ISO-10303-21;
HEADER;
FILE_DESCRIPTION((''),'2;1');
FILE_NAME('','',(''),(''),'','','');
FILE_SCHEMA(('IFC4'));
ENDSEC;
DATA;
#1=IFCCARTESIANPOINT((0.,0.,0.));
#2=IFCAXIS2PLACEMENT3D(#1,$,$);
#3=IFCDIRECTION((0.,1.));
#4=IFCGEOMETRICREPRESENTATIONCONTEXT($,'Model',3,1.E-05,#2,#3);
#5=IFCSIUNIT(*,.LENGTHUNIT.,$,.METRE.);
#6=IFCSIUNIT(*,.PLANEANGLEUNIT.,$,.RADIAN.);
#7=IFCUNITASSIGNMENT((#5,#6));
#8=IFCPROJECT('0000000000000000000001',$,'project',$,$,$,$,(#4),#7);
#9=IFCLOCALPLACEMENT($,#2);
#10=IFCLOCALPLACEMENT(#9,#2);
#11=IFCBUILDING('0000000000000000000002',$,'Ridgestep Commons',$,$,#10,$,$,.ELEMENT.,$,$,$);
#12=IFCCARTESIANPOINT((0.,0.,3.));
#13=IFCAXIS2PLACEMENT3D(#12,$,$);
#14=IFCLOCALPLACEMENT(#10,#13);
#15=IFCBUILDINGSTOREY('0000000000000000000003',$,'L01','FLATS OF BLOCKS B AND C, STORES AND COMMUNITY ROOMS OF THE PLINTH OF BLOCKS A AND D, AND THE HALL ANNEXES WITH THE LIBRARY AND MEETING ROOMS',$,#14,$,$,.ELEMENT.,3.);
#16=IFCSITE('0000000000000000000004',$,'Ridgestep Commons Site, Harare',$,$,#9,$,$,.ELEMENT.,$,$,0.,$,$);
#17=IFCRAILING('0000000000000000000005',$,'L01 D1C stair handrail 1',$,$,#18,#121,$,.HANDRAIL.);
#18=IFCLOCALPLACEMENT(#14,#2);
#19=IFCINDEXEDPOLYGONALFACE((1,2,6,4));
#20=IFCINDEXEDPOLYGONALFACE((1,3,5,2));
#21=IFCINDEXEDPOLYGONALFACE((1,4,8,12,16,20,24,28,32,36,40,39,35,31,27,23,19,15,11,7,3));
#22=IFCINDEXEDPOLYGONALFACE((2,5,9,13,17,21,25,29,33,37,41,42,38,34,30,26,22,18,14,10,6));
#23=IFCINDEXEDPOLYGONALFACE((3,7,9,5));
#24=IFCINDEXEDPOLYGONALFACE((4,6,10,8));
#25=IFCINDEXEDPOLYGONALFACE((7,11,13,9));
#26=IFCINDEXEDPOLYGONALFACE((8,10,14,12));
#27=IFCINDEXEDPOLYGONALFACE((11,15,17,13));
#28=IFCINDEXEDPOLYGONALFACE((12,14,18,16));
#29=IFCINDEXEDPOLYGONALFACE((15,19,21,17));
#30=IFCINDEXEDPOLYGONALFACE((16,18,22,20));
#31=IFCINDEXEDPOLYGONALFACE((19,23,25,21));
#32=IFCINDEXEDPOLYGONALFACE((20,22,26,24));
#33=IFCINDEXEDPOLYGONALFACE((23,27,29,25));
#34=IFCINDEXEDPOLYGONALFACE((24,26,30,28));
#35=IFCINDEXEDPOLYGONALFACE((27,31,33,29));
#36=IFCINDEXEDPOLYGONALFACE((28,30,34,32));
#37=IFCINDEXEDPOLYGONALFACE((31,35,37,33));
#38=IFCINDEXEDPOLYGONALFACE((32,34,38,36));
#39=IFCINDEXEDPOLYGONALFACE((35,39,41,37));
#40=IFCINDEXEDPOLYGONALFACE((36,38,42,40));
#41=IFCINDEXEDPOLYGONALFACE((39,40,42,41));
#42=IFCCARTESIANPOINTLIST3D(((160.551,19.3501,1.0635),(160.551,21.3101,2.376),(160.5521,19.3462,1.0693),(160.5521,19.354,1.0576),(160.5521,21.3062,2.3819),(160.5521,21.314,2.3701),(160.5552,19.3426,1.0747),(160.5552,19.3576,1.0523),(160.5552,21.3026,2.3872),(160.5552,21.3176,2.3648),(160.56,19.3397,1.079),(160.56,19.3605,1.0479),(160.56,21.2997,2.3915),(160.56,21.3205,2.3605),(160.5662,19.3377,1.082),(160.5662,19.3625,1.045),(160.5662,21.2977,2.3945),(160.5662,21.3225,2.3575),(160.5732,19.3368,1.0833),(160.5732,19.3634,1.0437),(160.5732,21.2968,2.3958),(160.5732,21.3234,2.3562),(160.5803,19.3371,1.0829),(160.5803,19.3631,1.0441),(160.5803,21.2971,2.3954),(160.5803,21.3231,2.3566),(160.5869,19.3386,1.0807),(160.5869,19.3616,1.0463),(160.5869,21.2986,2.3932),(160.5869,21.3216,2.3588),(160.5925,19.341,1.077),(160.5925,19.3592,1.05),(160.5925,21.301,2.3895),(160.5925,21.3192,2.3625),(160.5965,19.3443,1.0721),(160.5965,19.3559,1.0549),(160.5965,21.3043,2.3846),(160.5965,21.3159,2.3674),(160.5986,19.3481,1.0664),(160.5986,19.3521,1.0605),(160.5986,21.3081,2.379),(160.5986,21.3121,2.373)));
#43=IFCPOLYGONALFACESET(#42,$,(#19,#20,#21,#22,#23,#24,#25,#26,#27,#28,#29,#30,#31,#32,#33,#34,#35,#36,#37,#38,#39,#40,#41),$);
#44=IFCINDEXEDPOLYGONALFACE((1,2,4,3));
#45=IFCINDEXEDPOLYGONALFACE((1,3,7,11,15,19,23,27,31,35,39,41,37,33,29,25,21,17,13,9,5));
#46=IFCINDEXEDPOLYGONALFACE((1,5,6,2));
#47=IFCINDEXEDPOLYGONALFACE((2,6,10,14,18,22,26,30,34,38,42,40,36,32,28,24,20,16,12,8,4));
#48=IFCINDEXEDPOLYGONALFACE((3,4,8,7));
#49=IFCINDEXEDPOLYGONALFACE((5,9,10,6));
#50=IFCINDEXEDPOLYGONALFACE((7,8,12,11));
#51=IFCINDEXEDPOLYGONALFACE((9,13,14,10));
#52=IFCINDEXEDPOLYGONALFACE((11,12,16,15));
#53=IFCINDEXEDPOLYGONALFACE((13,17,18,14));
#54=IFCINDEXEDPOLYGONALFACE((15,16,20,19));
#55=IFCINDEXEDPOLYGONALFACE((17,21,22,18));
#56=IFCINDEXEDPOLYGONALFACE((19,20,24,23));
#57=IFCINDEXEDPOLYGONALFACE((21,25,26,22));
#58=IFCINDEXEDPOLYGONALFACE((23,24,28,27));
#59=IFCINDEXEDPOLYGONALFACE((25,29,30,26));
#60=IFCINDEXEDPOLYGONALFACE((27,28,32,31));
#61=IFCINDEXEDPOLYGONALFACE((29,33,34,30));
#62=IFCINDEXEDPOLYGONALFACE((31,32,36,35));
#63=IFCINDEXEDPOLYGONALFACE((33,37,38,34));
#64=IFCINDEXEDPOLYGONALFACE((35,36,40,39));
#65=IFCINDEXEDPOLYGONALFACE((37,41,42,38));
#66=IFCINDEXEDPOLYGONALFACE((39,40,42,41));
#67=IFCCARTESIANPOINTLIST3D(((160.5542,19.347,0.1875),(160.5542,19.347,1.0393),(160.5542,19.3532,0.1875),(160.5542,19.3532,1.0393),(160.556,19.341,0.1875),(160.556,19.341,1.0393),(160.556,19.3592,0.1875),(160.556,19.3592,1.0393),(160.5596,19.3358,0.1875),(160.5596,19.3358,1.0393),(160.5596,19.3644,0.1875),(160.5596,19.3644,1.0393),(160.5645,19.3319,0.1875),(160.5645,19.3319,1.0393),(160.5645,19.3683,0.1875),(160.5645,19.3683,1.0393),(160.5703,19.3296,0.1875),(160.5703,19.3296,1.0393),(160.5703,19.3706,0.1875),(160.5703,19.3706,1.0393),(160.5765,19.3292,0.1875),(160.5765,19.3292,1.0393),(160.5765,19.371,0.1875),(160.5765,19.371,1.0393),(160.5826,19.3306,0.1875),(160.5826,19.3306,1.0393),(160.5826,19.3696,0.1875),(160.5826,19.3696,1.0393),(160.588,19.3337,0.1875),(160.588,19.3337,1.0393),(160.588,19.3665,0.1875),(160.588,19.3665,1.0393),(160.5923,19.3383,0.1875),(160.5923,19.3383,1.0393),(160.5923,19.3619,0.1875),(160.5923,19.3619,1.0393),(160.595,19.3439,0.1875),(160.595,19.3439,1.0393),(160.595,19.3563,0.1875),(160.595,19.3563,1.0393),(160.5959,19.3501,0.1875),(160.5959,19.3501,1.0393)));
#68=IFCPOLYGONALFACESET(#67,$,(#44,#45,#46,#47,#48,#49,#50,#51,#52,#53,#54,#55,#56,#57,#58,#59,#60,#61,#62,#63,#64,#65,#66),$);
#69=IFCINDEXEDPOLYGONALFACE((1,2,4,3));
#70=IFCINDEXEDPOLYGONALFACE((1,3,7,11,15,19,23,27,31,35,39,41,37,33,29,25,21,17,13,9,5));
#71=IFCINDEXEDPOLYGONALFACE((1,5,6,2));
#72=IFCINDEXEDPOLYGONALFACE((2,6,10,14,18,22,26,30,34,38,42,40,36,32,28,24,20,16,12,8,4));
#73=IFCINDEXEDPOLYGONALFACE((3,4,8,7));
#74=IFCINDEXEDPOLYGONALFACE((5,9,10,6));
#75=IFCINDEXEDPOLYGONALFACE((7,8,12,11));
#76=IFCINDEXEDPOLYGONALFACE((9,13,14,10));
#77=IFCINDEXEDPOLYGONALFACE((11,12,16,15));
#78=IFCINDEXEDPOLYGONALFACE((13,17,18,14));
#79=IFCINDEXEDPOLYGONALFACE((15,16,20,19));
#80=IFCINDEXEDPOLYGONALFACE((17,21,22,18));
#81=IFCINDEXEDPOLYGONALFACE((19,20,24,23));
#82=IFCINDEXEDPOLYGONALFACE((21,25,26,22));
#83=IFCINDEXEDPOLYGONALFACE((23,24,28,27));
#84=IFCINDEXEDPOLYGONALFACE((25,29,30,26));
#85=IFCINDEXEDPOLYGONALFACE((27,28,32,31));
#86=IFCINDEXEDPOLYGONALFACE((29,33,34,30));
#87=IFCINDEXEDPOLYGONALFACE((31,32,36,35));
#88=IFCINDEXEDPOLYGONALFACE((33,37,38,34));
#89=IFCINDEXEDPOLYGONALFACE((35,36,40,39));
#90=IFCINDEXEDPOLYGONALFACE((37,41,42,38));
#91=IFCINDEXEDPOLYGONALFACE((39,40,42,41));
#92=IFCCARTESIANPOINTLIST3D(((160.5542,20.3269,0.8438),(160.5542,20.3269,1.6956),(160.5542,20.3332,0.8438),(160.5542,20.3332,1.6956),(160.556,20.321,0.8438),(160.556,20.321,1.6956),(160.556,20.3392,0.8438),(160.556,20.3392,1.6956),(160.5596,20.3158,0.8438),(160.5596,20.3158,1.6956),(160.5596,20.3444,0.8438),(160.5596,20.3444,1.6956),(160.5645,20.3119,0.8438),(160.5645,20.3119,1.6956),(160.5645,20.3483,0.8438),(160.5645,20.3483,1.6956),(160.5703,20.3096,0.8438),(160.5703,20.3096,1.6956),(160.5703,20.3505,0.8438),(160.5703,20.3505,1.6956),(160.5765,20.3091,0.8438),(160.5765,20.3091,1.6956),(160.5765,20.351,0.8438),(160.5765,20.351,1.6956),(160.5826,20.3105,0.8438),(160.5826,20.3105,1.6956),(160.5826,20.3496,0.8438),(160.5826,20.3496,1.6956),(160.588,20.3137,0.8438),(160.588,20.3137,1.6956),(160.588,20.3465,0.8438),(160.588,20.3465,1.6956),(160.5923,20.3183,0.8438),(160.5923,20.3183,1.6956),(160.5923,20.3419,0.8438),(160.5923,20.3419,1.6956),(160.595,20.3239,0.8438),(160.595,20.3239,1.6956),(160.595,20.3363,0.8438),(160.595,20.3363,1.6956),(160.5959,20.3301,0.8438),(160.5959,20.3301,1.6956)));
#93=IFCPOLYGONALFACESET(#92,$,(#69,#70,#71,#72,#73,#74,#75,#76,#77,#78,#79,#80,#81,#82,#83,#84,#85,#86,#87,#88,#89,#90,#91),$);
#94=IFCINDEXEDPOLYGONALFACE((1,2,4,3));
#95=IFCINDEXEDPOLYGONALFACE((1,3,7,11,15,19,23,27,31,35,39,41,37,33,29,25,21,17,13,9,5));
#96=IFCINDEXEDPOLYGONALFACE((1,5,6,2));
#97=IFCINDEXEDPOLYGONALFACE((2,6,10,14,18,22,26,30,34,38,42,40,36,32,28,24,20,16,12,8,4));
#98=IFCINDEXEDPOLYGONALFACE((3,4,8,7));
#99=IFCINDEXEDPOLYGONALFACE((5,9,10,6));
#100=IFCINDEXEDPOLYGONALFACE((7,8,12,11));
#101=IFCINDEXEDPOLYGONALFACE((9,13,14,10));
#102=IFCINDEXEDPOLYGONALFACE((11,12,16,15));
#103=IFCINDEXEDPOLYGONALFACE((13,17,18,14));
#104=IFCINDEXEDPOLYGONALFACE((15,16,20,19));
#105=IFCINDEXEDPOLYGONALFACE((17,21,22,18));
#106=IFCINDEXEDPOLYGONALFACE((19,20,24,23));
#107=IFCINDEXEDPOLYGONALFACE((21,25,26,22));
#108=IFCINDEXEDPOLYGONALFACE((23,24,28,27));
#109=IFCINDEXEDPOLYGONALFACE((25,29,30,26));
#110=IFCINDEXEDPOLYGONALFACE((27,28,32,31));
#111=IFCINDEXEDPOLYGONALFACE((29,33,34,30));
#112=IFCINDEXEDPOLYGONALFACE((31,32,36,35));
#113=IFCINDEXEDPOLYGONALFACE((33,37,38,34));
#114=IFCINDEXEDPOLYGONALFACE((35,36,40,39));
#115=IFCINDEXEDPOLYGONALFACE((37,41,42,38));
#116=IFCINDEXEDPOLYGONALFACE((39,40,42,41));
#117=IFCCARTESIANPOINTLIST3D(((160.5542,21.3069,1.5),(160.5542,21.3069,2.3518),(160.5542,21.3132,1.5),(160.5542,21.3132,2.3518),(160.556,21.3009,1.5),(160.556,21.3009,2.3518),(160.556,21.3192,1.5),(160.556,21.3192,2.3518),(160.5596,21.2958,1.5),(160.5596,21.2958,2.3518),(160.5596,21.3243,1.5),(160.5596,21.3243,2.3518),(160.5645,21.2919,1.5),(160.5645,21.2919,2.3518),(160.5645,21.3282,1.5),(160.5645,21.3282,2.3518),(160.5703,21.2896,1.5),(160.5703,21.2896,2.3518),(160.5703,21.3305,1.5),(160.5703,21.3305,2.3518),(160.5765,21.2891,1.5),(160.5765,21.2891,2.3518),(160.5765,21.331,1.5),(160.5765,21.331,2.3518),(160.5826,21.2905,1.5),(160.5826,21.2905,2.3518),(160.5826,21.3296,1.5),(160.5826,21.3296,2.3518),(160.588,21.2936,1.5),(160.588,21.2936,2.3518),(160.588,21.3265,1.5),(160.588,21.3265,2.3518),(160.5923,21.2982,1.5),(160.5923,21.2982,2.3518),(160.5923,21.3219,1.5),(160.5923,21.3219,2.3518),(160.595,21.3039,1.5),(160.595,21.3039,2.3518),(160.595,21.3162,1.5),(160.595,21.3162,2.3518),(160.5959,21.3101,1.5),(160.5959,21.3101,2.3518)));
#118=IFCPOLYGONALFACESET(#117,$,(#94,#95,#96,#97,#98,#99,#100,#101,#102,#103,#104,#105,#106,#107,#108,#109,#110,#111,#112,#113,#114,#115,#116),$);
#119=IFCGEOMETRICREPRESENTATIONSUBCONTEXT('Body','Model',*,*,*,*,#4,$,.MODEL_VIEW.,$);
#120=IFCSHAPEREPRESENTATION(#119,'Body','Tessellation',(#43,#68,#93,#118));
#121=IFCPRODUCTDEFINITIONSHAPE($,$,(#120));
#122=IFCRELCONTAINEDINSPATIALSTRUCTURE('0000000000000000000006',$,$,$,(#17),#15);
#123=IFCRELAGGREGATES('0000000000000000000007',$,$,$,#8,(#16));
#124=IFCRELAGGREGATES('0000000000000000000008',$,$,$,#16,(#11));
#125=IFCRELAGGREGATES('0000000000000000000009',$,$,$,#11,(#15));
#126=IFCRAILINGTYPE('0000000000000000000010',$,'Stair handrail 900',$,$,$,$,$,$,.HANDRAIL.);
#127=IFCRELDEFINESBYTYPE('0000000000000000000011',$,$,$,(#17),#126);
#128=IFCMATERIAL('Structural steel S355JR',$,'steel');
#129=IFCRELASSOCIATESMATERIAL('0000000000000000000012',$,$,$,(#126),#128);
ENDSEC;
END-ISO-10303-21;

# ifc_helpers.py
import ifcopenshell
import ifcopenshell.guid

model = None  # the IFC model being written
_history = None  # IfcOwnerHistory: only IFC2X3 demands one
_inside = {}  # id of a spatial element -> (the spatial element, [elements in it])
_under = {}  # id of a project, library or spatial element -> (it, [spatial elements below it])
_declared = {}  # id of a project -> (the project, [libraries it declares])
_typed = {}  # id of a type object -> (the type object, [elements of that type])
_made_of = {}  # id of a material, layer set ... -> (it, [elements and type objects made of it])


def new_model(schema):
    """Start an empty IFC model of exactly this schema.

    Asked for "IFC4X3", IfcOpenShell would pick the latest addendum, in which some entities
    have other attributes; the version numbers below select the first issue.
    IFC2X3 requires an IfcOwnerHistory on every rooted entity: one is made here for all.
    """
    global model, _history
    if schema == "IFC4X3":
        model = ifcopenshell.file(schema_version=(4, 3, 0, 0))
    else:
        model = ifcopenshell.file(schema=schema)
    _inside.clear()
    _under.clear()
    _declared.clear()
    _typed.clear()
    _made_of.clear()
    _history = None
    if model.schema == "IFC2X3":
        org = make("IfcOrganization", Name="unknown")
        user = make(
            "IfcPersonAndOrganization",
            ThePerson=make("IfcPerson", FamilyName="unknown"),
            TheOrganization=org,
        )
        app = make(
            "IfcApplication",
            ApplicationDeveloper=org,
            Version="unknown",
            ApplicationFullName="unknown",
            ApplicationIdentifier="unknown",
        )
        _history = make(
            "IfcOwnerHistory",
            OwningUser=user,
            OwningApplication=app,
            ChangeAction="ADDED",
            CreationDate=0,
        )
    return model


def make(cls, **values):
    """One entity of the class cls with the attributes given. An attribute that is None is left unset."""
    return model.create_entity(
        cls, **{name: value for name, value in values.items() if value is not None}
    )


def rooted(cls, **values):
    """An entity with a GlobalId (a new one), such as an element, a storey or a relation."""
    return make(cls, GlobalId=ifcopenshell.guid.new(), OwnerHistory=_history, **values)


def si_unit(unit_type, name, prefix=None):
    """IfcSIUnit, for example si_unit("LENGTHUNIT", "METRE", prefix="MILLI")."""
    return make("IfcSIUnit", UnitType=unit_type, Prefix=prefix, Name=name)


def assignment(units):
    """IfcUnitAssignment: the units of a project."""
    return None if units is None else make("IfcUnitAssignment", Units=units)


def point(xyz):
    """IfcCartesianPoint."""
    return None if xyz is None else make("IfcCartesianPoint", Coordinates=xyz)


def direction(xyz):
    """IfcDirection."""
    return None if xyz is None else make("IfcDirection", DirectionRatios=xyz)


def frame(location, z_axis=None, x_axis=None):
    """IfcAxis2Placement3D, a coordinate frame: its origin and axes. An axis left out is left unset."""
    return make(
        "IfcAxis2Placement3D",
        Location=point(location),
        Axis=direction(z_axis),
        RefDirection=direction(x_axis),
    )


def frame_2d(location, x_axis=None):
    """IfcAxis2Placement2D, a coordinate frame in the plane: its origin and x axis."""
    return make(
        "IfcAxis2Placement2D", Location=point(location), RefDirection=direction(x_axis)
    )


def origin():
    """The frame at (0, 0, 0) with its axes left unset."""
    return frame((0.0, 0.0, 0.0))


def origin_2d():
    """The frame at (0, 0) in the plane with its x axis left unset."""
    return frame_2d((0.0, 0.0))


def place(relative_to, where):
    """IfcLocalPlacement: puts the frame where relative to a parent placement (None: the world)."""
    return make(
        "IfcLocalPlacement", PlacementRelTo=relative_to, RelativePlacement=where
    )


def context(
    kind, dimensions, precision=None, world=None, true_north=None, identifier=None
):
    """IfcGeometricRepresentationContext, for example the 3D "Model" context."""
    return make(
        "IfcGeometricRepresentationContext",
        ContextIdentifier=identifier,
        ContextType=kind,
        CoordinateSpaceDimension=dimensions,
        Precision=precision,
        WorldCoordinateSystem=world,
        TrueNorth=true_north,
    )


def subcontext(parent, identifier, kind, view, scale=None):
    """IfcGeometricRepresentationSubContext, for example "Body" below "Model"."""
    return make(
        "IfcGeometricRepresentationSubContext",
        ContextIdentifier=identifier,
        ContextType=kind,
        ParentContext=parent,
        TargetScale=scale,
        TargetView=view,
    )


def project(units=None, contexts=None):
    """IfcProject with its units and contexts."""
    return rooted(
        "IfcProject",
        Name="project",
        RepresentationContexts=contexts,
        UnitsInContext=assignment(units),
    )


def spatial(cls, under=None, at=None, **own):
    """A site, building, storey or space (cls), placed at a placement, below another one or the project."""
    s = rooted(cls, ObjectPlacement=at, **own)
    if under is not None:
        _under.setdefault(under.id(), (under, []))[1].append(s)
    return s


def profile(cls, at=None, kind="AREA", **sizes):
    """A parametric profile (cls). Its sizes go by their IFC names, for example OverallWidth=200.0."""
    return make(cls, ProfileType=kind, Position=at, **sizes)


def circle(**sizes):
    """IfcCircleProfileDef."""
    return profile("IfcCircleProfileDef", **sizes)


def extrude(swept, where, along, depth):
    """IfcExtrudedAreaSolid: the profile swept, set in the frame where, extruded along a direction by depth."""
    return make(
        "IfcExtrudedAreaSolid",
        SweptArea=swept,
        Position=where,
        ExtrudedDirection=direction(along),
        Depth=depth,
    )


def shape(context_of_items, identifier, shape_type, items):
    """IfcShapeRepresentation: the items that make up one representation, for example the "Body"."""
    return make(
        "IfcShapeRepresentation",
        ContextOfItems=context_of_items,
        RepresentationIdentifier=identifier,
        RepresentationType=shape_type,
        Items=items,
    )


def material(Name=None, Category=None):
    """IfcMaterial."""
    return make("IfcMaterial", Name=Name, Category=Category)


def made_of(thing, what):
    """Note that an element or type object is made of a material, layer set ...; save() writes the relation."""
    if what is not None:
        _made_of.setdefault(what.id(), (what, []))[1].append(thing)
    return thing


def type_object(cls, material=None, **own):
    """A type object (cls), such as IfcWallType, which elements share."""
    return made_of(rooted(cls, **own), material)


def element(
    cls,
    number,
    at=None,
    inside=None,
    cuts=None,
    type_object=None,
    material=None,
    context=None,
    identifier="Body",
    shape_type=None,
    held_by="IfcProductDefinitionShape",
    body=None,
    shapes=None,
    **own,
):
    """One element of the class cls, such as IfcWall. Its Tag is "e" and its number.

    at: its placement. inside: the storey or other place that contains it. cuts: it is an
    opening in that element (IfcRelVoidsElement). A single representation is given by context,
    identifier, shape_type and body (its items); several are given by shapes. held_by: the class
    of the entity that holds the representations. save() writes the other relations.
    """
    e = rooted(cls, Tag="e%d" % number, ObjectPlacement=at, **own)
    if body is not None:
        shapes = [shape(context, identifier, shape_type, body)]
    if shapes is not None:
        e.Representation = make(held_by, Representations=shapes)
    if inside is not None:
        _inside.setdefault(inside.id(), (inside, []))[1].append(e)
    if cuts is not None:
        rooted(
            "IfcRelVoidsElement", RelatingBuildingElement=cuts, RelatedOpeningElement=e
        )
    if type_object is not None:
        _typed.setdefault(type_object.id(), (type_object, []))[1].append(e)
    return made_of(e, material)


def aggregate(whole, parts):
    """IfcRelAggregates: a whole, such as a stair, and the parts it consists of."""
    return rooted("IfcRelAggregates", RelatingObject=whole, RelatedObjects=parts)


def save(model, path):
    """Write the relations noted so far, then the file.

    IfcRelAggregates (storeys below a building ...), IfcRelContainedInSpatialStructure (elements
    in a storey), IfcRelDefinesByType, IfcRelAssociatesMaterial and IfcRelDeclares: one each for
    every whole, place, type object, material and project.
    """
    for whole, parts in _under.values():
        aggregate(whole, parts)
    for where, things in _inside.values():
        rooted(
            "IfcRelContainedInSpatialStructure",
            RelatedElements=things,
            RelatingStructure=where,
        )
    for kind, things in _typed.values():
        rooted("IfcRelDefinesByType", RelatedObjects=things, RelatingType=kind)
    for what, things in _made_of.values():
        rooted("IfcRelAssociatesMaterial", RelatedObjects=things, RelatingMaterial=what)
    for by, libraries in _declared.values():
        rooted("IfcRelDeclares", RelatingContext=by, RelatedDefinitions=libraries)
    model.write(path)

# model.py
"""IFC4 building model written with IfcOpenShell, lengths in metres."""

from ifc_helpers import new_model, si_unit, direction, frame, origin, origin_2d, place, context, subcontext, project, spatial, circle, extrude, material, type_object, element, save


model = new_model("IFC4")

# Units and contexts
model_context = context("Model", 3, precision=1e-05, world=origin(), true_north=direction((0.0, 1.0)))
body_context = subcontext(model_context, "Body", "Model", "MODEL_VIEW")
ifc_project = project(units=[si_unit("LENGTHUNIT", "METRE"), si_unit("PLANEANGLEUNIT", "RADIAN")], contexts=[model_context])

# Site, building, storey
site_placement = place(None, origin())
site = spatial("IfcSite", under=ifc_project, at=site_placement, Name="Ridgestep Commons Site, Harare", CompositionType="ELEMENT", RefElevation=0.0)
building_placement = place(site_placement, origin())
building = spatial("IfcBuilding", under=site, at=building_placement, Name="Ridgestep Commons", CompositionType="ELEMENT")
storey_placement = place(building_placement, frame((0.0, 0.0, 3.0)))
storey = spatial("IfcBuildingStorey", under=building, at=storey_placement, Name="L01", Description="FLATS OF BLOCKS B AND C, STORES AND COMMUNITY ROOMS OF THE PLINTH OF BLOCKS A AND D, AND THE HALL ANNEXES WITH THE LIBRARY AND MEETING ROOMS", CompositionType="ELEMENT", Elevation=3.0)

# Railing
ifc_material_1 = material(Name="Structural steel S355JR", Category="steel")
railing_type_1 = type_object("IfcRailingType", Name="Stair handrail 900", PredefinedType="HANDRAIL", material=ifc_material_1)
railing_1_placement = place(storey_placement, frame((160.575, 19.3501, 0.1875)))
element("IfcRailing", 1, at=railing_1_placement, inside=storey, type_object=railing_type_1, Name="L01 D1C stair handrail 1", PredefinedType="HANDRAIL", context=body_context, shape_type="SweptSolid", body=[
    extrude(circle(Radius=0.0239, at=origin_2d()), frame((0.0, 0.0, 0.876), z_axis=(0.0, 0.830902, 0.556419), x_axis=(-1.0, 0.0, 0.0)), (0.0, 0.0, 1.0), 2.3589),
    extrude(circle(Radius=0.021, at=origin_2d()), origin(), (0.0, 0.0, 1.0), 0.8518),
    extrude(circle(Radius=0.021, at=origin_2d()), frame((0.0, 0.98, 0.6562)), (0.0, 0.0, 1.0), 0.8518),
    extrude(circle(Radius=0.021, at=origin_2d()), frame((0.0, 1.96, 1.3125)), (0.0, 0.0, 1.0), 0.8518),
])

save(model, "model.ifc")
